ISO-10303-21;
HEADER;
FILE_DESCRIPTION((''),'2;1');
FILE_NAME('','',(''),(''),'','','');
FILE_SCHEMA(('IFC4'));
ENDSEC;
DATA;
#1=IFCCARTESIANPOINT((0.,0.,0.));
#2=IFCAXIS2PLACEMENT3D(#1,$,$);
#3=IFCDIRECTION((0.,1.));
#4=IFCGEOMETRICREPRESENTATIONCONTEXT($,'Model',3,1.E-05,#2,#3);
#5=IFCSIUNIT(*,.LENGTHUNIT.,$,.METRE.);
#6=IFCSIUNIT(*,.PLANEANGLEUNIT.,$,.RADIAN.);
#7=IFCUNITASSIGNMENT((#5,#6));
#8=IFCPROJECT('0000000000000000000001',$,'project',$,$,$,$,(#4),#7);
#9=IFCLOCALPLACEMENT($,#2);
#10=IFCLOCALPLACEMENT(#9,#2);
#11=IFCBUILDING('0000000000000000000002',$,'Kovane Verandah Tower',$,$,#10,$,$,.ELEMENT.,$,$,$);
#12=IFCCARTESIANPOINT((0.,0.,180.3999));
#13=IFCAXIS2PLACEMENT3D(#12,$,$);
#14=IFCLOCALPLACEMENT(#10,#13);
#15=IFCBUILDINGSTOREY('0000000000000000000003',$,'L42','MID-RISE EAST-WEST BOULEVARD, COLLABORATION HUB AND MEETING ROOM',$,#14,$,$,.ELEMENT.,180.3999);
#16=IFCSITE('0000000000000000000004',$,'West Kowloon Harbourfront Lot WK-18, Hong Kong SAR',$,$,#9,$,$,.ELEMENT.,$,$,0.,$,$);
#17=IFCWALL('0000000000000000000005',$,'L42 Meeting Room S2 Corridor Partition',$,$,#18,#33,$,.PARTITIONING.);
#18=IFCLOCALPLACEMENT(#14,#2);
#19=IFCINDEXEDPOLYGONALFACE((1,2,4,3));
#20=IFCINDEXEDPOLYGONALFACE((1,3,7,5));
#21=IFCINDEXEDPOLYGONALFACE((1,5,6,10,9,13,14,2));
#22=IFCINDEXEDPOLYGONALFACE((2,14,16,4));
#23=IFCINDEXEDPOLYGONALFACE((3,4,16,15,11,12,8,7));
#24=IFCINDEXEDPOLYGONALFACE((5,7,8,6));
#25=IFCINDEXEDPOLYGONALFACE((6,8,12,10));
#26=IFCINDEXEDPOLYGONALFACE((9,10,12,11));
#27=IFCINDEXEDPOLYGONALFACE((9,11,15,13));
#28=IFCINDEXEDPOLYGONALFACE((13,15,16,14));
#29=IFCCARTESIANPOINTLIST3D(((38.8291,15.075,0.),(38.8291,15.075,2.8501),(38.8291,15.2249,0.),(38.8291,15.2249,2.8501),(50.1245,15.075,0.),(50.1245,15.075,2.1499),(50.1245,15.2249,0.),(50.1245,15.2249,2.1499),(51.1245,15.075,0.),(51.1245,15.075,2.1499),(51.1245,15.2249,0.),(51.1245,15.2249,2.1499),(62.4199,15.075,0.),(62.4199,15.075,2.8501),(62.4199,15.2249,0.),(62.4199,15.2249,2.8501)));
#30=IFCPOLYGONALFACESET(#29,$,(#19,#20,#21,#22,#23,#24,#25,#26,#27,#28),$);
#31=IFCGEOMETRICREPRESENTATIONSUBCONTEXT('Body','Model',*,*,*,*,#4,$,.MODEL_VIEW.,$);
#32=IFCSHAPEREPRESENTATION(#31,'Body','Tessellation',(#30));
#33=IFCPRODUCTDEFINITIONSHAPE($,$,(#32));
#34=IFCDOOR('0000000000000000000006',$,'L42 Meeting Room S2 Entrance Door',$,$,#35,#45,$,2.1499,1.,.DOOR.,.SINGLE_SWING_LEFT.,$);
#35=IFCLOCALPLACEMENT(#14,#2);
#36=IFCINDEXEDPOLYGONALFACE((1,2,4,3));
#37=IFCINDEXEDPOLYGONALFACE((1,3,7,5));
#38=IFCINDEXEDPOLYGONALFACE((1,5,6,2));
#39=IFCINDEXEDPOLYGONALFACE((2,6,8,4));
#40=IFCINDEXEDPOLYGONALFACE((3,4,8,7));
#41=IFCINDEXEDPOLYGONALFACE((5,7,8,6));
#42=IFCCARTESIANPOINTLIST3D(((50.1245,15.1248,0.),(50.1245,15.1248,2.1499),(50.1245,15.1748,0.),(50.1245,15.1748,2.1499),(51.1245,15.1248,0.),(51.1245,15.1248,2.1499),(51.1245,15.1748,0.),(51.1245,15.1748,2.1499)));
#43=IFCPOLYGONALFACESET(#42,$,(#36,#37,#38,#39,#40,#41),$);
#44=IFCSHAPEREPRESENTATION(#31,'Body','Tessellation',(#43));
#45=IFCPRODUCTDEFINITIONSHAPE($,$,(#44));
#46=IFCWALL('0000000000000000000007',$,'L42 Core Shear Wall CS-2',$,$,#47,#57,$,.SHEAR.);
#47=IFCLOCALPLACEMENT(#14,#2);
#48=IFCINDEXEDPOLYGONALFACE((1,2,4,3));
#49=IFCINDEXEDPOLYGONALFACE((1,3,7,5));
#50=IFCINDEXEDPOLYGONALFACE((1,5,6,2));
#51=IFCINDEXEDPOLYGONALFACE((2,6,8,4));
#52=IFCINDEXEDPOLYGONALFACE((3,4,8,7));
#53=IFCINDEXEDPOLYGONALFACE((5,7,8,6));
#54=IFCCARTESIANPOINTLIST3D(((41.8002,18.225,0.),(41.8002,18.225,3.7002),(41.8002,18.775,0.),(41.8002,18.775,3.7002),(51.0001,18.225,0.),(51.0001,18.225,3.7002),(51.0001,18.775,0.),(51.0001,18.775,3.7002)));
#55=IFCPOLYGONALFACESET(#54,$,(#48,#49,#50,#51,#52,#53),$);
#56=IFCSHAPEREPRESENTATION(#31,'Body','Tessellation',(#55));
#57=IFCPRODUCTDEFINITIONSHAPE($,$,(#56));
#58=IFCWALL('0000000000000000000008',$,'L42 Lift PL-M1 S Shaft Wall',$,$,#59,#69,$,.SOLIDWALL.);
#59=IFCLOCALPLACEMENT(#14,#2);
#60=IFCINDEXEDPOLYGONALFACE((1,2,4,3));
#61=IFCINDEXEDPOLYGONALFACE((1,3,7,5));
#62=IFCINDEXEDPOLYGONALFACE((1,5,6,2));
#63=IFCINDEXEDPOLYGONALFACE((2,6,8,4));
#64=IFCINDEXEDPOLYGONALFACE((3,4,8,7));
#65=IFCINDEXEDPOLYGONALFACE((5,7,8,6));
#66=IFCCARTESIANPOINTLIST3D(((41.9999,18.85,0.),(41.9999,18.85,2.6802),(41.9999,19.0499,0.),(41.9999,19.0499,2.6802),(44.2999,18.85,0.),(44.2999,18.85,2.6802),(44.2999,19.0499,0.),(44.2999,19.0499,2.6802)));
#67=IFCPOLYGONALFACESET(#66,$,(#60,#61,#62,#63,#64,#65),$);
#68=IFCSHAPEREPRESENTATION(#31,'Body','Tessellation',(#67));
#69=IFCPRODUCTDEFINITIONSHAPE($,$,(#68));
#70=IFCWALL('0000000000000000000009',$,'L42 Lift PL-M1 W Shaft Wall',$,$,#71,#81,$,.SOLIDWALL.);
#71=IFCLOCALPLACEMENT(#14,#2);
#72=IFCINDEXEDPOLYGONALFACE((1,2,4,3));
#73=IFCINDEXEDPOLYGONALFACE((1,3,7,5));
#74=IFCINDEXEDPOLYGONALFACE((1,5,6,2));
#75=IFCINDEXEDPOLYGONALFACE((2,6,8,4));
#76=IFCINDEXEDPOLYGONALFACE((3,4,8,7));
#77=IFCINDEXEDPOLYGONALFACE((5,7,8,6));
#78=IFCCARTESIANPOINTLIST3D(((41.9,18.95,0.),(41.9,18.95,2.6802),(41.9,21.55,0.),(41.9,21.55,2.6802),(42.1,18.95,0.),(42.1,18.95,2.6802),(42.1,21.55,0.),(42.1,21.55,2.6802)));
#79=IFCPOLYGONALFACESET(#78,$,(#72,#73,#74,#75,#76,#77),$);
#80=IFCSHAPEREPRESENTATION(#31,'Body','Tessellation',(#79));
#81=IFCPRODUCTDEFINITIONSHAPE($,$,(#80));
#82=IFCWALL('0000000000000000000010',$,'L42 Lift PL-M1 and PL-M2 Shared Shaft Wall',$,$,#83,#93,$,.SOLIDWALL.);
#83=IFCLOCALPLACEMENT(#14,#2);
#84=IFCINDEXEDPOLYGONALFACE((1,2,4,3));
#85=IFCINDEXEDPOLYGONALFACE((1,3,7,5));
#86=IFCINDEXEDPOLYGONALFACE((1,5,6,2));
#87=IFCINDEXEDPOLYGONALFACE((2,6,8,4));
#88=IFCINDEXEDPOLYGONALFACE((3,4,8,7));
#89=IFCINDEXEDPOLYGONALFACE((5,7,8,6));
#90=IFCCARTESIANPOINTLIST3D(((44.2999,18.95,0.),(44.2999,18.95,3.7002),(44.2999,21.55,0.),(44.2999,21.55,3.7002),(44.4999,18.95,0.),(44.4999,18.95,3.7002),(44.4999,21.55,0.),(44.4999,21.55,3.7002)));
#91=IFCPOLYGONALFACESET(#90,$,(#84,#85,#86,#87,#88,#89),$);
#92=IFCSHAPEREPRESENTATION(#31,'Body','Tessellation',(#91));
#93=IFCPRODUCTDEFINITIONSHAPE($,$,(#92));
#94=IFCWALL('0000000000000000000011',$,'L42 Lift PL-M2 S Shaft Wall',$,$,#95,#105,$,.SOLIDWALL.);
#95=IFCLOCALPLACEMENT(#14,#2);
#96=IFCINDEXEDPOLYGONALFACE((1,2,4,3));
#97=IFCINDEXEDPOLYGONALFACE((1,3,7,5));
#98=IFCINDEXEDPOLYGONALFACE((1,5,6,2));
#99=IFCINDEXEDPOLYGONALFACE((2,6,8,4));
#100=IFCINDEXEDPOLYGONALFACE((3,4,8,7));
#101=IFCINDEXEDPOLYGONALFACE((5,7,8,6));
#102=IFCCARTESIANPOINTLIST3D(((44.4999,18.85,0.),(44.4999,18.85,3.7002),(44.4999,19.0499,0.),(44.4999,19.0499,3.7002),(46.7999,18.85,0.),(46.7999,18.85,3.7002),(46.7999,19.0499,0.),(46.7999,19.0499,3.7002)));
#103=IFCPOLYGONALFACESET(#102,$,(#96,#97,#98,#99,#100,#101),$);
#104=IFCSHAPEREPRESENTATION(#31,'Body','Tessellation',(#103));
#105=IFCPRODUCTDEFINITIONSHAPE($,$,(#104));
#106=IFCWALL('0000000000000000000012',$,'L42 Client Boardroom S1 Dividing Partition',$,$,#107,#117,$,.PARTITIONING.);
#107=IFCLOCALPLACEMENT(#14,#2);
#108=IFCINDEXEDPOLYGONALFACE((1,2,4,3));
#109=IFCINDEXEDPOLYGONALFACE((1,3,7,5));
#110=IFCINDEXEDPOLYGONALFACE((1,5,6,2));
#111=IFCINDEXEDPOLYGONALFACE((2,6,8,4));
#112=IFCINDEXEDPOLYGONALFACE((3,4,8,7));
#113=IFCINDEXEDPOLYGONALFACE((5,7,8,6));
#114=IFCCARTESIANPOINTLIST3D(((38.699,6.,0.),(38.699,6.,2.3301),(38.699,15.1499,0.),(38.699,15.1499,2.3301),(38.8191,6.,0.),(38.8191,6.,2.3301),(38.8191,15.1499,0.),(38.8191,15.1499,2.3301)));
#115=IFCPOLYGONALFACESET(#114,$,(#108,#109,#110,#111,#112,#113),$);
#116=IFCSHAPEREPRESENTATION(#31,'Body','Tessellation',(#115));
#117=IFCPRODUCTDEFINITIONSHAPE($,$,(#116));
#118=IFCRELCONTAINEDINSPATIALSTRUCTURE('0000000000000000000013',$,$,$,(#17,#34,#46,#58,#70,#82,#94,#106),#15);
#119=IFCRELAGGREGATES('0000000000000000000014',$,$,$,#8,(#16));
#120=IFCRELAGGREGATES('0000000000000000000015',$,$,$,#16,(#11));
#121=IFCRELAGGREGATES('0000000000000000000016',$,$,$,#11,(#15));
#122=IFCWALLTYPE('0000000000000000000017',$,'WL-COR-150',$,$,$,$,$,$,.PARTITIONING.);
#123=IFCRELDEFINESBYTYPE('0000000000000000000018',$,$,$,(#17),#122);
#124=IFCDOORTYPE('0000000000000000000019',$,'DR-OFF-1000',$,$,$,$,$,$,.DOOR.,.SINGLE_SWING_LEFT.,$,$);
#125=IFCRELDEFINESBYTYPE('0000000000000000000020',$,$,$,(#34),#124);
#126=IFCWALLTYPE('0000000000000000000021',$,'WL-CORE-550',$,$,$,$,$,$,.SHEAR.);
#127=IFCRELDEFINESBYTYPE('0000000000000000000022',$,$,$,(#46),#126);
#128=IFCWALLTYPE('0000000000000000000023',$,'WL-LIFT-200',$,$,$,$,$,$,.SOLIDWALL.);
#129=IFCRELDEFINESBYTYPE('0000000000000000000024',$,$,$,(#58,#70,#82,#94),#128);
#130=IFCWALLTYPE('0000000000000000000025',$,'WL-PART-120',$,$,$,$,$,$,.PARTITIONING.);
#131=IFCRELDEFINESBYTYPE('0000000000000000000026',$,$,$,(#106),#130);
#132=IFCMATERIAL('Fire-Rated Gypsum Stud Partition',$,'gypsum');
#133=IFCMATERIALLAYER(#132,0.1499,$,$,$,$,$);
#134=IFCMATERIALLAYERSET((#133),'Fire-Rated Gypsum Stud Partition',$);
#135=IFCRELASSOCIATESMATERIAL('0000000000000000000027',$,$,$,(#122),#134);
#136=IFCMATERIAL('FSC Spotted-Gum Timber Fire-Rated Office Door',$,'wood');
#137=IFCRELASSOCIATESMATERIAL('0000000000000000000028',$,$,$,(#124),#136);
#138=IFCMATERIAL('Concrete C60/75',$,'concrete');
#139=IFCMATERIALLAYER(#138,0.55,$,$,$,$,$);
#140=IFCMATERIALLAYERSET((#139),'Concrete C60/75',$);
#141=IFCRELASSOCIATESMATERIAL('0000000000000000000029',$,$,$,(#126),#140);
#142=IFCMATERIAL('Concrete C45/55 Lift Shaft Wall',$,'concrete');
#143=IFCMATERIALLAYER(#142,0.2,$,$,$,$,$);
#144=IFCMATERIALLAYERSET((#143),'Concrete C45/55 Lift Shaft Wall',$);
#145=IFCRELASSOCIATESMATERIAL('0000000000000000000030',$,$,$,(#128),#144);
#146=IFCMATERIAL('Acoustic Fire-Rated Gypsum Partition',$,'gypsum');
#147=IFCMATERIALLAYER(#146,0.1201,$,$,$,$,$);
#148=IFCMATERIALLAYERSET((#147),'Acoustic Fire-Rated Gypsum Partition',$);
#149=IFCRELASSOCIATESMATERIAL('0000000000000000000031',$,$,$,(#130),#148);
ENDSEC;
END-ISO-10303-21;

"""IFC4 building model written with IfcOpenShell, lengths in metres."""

from ifc_helpers import new_model, si_unit, direction, frame, frame_2d, origin, place, context, subcontext, project, spatial, rectangle, extrude, material, layer, layer_set, type_object, element, fill, save


model = new_model("IFC4")

# Units and contexts
model_context = context("Model", 3, precision=1e-05, world=origin(), true_north=direction((0.0, 1.0)))
body_context = subcontext(model_context, "Body", "Model", "MODEL_VIEW")
ifc_project = project(units=[si_unit("LENGTHUNIT", "METRE"), si_unit("PLANEANGLEUNIT", "RADIAN")], contexts=[model_context])

# Site, building, storey
site_placement = place(None, origin())
site = spatial("IfcSite", under=ifc_project, at=site_placement, Name="West Kowloon Harbourfront Lot WK-18, Hong Kong SAR", CompositionType="ELEMENT", RefElevation=0.0)
building_placement = place(site_placement, origin())
building = spatial("IfcBuilding", under=site, at=building_placement, Name="Kovane Verandah Tower", CompositionType="ELEMENT")
storey_placement = place(building_placement, frame((0.0, 0.0, 180.3999)))
storey = spatial("IfcBuildingStorey", under=building, at=storey_placement, Name="L42", Description="MID-RISE EAST-WEST BOULEVARD, COLLABORATION HUB AND MEETING ROOM", CompositionType="ELEMENT", Elevation=180.3999)

# Shared definitions
ifc_material_1 = material(Name="Concrete C60/75", Category="concrete")

# Shared definitions
ifc_material_2 = material(Name="Fire-Rated Gypsum Stud Partition", Category="gypsum")
ifc_layer_1 = layer(ifc_material_2, 0.1499)
ifc_layer_set_1 = layer_set([ifc_layer_1], Name="Fire-Rated Gypsum Stud Partition")
wall_type_1 = type_object("IfcWallType", Name="WL-COR-150", PredefinedType="PARTITIONING", material=ifc_layer_set_1)

# Wall, opening, door
ifc_material_3 = material(Name="FSC Spotted-Gum Timber Fire-Rated Office Door", Category="wood")
door_type_1 = type_object("IfcDoorType", Name="DR-OFF-1000", OperationType="SINGLE_SWING_LEFT", PredefinedType="DOOR", material=ifc_material_3)
wall_1_placement = place(storey_placement, frame((38.8291, 15.1499, 0.0), z_axis=(0.0, 0.0, 1.0), x_axis=(1.0, 0.0, 0.0)))
wall_1 = element("IfcWall", 1, at=wall_1_placement, inside=storey, type_object=wall_type_1, Name="L42 Meeting Room S2 Corridor Partition", PredefinedType="PARTITIONING", context=body_context, shape_type="SweptSolid", body=[
    extrude(rectangle(XDim=23.5908, YDim=0.1499, at=frame_2d((11.7954, 0.0))), origin(), (0.0, 0.0, 1.0), 2.8501),
])
opening_1_placement = place(wall_1_placement, frame((11.2954, 0.0, 0.0)))
opening_1 = element("IfcOpeningElement", 2, at=opening_1_placement, cuts=wall_1, PredefinedType="OPENING", context=body_context, shape_type="SweptSolid", body=[
    extrude(rectangle(XDim=1.0, YDim=2.1499, at=frame_2d((0.5, 1.075))), frame((0.0, 0.075, 0.0), z_axis=(0.0, -1.0, 0.0), x_axis=(1.0, 0.0, 0.0)), (0.0, 0.0, 1.0), 0.1499),
])
door_1_placement = place(opening_1_placement, origin())
door_1 = element("IfcDoor", 3, at=door_1_placement, inside=storey, type_object=door_type_1, Name="L42 Meeting Room S2 Entrance Door", OperationType="SINGLE_SWING_LEFT", OverallHeight=2.1499, OverallWidth=1.0, PredefinedType="DOOR", context=body_context, shape_type="SweptSolid", body=[
    extrude(rectangle(XDim=1.0, YDim=2.1499, at=frame_2d((0.5, 1.075))), frame((0.0, 0.0249, 0.0), z_axis=(0.0, -1.0, 0.0), x_axis=(1.0, 0.0, 0.0)), (0.0, 0.0, 1.0), 0.05),
])
fill(opening_1, door_1)

# Walls
ifc_layer_2 = layer(ifc_material_1, 0.55)
ifc_layer_set_2 = layer_set([ifc_layer_2], Name="Concrete C60/75")
wall_type_2 = type_object("IfcWallType", Name="WL-CORE-550", PredefinedType="SHEAR", material=ifc_layer_set_2)
wall_2_placement = place(storey_placement, frame((41.8, 18.5, 0.0), z_axis=(0.0, 0.0, 1.0), x_axis=(1.0, 0.0, 0.0)))
element("IfcWall", 4, at=wall_2_placement, inside=storey, type_object=wall_type_2, Name="L42 Core Shear Wall CS-2", PredefinedType="SHEAR", context=body_context, shape_type="SweptSolid", body=[
    extrude(rectangle(XDim=9.2, YDim=0.55, at=frame_2d((4.6001, 0.0))), origin(), (0.0, 0.0, 1.0), 3.7002),
])
ifc_material_4 = material(Name="Concrete C45/55 Lift Shaft Wall", Category="concrete")
ifc_layer_3 = layer(ifc_material_4, 0.2)
ifc_layer_set_3 = layer_set([ifc_layer_3], Name="Concrete C45/55 Lift Shaft Wall")
wall_type_3 = type_object("IfcWallType", Name="WL-LIFT-200", PredefinedType="SOLIDWALL", material=ifc_layer_set_3)
wall_3_placement = place(storey_placement, frame((42.0, 18.95, 0.0), z_axis=(0.0, 0.0, 1.0), x_axis=(1.0, 0.0, 0.0)))
element("IfcWall", 5, at=wall_3_placement, inside=storey, type_object=wall_type_3, Name="L42 Lift PL-M1 S Shaft Wall", PredefinedType="SOLIDWALL", context=body_context, shape_type="SweptSolid", body=[
    extrude(rectangle(XDim=2.3, YDim=0.2, at=frame_2d((1.1499, 0.0))), origin(), (0.0, 0.0, 1.0), 2.6802),
])

# Walls
wall_4_placement = place(storey_placement, frame((42.0, 21.55, 0.0), z_axis=(0.0, 0.0, 1.0), x_axis=(0.0, -1.0, 0.0)))
element("IfcWall", 6, at=wall_4_placement, inside=storey, type_object=wall_type_3, Name="L42 Lift PL-M1 W Shaft Wall", PredefinedType="SOLIDWALL", context=body_context, shape_type="SweptSolid", body=[
    extrude(rectangle(XDim=2.6001, YDim=0.2, at=frame_2d((1.3, 0.0))), origin(), (0.0, 0.0, 1.0), 2.6802),
])
wall_5_placement = place(storey_placement, frame((44.3999, 18.95, 0.0), z_axis=(0.0, 0.0, 1.0), x_axis=(0.0, 1.0, 0.0)))
element("IfcWall", 7, at=wall_5_placement, inside=storey, type_object=wall_type_3, Name="L42 Lift PL-M1 and PL-M2 Shared Shaft Wall", PredefinedType="SOLIDWALL", context=body_context, shape_type="SweptSolid", body=[
    extrude(rectangle(XDim=2.6001, YDim=0.2, at=frame_2d((1.3, 0.0))), origin(), (0.0, 0.0, 1.0), 3.7002),
])
wall_6_placement = place(storey_placement, frame((44.5, 18.95, 0.0), z_axis=(0.0, 0.0, 1.0), x_axis=(1.0, 0.0, 0.0)))
element("IfcWall", 8, at=wall_6_placement, inside=storey, type_object=wall_type_3, Name="L42 Lift PL-M2 S Shaft Wall", PredefinedType="SOLIDWALL", context=body_context, shape_type="SweptSolid", body=[
    extrude(rectangle(XDim=2.3, YDim=0.2, at=frame_2d((1.1499, 0.0))), origin(), (0.0, 0.0, 1.0), 3.7002),
])
ifc_material_5 = material(Name="Acoustic Fire-Rated Gypsum Partition", Category="gypsum")
ifc_layer_4 = layer(ifc_material_5, 0.1201)
ifc_layer_set_4 = layer_set([ifc_layer_4], Name="Acoustic Fire-Rated Gypsum Partition")
wall_type_4 = type_object("IfcWallType", Name="WL-PART-120", PredefinedType="PARTITIONING", material=ifc_layer_set_4)
wall_7_placement = place(storey_placement, frame((38.759, 6.0, 0.0), z_axis=(0.0, 0.0, 1.0), x_axis=(0.0, 1.0, 0.0)))
element("IfcWall", 9, at=wall_7_placement, inside=storey, type_object=wall_type_4, Name="L42 Client Boardroom S1 Dividing Partition", PredefinedType="PARTITIONING", context=body_context, shape_type="SweptSolid", body=[
    extrude(rectangle(XDim=9.1499, YDim=0.1201, at=frame_2d((4.575, 0.0))), origin(), (0.0, 0.0, 1.0), 2.3301),
])

save(model, "model.ifc")
